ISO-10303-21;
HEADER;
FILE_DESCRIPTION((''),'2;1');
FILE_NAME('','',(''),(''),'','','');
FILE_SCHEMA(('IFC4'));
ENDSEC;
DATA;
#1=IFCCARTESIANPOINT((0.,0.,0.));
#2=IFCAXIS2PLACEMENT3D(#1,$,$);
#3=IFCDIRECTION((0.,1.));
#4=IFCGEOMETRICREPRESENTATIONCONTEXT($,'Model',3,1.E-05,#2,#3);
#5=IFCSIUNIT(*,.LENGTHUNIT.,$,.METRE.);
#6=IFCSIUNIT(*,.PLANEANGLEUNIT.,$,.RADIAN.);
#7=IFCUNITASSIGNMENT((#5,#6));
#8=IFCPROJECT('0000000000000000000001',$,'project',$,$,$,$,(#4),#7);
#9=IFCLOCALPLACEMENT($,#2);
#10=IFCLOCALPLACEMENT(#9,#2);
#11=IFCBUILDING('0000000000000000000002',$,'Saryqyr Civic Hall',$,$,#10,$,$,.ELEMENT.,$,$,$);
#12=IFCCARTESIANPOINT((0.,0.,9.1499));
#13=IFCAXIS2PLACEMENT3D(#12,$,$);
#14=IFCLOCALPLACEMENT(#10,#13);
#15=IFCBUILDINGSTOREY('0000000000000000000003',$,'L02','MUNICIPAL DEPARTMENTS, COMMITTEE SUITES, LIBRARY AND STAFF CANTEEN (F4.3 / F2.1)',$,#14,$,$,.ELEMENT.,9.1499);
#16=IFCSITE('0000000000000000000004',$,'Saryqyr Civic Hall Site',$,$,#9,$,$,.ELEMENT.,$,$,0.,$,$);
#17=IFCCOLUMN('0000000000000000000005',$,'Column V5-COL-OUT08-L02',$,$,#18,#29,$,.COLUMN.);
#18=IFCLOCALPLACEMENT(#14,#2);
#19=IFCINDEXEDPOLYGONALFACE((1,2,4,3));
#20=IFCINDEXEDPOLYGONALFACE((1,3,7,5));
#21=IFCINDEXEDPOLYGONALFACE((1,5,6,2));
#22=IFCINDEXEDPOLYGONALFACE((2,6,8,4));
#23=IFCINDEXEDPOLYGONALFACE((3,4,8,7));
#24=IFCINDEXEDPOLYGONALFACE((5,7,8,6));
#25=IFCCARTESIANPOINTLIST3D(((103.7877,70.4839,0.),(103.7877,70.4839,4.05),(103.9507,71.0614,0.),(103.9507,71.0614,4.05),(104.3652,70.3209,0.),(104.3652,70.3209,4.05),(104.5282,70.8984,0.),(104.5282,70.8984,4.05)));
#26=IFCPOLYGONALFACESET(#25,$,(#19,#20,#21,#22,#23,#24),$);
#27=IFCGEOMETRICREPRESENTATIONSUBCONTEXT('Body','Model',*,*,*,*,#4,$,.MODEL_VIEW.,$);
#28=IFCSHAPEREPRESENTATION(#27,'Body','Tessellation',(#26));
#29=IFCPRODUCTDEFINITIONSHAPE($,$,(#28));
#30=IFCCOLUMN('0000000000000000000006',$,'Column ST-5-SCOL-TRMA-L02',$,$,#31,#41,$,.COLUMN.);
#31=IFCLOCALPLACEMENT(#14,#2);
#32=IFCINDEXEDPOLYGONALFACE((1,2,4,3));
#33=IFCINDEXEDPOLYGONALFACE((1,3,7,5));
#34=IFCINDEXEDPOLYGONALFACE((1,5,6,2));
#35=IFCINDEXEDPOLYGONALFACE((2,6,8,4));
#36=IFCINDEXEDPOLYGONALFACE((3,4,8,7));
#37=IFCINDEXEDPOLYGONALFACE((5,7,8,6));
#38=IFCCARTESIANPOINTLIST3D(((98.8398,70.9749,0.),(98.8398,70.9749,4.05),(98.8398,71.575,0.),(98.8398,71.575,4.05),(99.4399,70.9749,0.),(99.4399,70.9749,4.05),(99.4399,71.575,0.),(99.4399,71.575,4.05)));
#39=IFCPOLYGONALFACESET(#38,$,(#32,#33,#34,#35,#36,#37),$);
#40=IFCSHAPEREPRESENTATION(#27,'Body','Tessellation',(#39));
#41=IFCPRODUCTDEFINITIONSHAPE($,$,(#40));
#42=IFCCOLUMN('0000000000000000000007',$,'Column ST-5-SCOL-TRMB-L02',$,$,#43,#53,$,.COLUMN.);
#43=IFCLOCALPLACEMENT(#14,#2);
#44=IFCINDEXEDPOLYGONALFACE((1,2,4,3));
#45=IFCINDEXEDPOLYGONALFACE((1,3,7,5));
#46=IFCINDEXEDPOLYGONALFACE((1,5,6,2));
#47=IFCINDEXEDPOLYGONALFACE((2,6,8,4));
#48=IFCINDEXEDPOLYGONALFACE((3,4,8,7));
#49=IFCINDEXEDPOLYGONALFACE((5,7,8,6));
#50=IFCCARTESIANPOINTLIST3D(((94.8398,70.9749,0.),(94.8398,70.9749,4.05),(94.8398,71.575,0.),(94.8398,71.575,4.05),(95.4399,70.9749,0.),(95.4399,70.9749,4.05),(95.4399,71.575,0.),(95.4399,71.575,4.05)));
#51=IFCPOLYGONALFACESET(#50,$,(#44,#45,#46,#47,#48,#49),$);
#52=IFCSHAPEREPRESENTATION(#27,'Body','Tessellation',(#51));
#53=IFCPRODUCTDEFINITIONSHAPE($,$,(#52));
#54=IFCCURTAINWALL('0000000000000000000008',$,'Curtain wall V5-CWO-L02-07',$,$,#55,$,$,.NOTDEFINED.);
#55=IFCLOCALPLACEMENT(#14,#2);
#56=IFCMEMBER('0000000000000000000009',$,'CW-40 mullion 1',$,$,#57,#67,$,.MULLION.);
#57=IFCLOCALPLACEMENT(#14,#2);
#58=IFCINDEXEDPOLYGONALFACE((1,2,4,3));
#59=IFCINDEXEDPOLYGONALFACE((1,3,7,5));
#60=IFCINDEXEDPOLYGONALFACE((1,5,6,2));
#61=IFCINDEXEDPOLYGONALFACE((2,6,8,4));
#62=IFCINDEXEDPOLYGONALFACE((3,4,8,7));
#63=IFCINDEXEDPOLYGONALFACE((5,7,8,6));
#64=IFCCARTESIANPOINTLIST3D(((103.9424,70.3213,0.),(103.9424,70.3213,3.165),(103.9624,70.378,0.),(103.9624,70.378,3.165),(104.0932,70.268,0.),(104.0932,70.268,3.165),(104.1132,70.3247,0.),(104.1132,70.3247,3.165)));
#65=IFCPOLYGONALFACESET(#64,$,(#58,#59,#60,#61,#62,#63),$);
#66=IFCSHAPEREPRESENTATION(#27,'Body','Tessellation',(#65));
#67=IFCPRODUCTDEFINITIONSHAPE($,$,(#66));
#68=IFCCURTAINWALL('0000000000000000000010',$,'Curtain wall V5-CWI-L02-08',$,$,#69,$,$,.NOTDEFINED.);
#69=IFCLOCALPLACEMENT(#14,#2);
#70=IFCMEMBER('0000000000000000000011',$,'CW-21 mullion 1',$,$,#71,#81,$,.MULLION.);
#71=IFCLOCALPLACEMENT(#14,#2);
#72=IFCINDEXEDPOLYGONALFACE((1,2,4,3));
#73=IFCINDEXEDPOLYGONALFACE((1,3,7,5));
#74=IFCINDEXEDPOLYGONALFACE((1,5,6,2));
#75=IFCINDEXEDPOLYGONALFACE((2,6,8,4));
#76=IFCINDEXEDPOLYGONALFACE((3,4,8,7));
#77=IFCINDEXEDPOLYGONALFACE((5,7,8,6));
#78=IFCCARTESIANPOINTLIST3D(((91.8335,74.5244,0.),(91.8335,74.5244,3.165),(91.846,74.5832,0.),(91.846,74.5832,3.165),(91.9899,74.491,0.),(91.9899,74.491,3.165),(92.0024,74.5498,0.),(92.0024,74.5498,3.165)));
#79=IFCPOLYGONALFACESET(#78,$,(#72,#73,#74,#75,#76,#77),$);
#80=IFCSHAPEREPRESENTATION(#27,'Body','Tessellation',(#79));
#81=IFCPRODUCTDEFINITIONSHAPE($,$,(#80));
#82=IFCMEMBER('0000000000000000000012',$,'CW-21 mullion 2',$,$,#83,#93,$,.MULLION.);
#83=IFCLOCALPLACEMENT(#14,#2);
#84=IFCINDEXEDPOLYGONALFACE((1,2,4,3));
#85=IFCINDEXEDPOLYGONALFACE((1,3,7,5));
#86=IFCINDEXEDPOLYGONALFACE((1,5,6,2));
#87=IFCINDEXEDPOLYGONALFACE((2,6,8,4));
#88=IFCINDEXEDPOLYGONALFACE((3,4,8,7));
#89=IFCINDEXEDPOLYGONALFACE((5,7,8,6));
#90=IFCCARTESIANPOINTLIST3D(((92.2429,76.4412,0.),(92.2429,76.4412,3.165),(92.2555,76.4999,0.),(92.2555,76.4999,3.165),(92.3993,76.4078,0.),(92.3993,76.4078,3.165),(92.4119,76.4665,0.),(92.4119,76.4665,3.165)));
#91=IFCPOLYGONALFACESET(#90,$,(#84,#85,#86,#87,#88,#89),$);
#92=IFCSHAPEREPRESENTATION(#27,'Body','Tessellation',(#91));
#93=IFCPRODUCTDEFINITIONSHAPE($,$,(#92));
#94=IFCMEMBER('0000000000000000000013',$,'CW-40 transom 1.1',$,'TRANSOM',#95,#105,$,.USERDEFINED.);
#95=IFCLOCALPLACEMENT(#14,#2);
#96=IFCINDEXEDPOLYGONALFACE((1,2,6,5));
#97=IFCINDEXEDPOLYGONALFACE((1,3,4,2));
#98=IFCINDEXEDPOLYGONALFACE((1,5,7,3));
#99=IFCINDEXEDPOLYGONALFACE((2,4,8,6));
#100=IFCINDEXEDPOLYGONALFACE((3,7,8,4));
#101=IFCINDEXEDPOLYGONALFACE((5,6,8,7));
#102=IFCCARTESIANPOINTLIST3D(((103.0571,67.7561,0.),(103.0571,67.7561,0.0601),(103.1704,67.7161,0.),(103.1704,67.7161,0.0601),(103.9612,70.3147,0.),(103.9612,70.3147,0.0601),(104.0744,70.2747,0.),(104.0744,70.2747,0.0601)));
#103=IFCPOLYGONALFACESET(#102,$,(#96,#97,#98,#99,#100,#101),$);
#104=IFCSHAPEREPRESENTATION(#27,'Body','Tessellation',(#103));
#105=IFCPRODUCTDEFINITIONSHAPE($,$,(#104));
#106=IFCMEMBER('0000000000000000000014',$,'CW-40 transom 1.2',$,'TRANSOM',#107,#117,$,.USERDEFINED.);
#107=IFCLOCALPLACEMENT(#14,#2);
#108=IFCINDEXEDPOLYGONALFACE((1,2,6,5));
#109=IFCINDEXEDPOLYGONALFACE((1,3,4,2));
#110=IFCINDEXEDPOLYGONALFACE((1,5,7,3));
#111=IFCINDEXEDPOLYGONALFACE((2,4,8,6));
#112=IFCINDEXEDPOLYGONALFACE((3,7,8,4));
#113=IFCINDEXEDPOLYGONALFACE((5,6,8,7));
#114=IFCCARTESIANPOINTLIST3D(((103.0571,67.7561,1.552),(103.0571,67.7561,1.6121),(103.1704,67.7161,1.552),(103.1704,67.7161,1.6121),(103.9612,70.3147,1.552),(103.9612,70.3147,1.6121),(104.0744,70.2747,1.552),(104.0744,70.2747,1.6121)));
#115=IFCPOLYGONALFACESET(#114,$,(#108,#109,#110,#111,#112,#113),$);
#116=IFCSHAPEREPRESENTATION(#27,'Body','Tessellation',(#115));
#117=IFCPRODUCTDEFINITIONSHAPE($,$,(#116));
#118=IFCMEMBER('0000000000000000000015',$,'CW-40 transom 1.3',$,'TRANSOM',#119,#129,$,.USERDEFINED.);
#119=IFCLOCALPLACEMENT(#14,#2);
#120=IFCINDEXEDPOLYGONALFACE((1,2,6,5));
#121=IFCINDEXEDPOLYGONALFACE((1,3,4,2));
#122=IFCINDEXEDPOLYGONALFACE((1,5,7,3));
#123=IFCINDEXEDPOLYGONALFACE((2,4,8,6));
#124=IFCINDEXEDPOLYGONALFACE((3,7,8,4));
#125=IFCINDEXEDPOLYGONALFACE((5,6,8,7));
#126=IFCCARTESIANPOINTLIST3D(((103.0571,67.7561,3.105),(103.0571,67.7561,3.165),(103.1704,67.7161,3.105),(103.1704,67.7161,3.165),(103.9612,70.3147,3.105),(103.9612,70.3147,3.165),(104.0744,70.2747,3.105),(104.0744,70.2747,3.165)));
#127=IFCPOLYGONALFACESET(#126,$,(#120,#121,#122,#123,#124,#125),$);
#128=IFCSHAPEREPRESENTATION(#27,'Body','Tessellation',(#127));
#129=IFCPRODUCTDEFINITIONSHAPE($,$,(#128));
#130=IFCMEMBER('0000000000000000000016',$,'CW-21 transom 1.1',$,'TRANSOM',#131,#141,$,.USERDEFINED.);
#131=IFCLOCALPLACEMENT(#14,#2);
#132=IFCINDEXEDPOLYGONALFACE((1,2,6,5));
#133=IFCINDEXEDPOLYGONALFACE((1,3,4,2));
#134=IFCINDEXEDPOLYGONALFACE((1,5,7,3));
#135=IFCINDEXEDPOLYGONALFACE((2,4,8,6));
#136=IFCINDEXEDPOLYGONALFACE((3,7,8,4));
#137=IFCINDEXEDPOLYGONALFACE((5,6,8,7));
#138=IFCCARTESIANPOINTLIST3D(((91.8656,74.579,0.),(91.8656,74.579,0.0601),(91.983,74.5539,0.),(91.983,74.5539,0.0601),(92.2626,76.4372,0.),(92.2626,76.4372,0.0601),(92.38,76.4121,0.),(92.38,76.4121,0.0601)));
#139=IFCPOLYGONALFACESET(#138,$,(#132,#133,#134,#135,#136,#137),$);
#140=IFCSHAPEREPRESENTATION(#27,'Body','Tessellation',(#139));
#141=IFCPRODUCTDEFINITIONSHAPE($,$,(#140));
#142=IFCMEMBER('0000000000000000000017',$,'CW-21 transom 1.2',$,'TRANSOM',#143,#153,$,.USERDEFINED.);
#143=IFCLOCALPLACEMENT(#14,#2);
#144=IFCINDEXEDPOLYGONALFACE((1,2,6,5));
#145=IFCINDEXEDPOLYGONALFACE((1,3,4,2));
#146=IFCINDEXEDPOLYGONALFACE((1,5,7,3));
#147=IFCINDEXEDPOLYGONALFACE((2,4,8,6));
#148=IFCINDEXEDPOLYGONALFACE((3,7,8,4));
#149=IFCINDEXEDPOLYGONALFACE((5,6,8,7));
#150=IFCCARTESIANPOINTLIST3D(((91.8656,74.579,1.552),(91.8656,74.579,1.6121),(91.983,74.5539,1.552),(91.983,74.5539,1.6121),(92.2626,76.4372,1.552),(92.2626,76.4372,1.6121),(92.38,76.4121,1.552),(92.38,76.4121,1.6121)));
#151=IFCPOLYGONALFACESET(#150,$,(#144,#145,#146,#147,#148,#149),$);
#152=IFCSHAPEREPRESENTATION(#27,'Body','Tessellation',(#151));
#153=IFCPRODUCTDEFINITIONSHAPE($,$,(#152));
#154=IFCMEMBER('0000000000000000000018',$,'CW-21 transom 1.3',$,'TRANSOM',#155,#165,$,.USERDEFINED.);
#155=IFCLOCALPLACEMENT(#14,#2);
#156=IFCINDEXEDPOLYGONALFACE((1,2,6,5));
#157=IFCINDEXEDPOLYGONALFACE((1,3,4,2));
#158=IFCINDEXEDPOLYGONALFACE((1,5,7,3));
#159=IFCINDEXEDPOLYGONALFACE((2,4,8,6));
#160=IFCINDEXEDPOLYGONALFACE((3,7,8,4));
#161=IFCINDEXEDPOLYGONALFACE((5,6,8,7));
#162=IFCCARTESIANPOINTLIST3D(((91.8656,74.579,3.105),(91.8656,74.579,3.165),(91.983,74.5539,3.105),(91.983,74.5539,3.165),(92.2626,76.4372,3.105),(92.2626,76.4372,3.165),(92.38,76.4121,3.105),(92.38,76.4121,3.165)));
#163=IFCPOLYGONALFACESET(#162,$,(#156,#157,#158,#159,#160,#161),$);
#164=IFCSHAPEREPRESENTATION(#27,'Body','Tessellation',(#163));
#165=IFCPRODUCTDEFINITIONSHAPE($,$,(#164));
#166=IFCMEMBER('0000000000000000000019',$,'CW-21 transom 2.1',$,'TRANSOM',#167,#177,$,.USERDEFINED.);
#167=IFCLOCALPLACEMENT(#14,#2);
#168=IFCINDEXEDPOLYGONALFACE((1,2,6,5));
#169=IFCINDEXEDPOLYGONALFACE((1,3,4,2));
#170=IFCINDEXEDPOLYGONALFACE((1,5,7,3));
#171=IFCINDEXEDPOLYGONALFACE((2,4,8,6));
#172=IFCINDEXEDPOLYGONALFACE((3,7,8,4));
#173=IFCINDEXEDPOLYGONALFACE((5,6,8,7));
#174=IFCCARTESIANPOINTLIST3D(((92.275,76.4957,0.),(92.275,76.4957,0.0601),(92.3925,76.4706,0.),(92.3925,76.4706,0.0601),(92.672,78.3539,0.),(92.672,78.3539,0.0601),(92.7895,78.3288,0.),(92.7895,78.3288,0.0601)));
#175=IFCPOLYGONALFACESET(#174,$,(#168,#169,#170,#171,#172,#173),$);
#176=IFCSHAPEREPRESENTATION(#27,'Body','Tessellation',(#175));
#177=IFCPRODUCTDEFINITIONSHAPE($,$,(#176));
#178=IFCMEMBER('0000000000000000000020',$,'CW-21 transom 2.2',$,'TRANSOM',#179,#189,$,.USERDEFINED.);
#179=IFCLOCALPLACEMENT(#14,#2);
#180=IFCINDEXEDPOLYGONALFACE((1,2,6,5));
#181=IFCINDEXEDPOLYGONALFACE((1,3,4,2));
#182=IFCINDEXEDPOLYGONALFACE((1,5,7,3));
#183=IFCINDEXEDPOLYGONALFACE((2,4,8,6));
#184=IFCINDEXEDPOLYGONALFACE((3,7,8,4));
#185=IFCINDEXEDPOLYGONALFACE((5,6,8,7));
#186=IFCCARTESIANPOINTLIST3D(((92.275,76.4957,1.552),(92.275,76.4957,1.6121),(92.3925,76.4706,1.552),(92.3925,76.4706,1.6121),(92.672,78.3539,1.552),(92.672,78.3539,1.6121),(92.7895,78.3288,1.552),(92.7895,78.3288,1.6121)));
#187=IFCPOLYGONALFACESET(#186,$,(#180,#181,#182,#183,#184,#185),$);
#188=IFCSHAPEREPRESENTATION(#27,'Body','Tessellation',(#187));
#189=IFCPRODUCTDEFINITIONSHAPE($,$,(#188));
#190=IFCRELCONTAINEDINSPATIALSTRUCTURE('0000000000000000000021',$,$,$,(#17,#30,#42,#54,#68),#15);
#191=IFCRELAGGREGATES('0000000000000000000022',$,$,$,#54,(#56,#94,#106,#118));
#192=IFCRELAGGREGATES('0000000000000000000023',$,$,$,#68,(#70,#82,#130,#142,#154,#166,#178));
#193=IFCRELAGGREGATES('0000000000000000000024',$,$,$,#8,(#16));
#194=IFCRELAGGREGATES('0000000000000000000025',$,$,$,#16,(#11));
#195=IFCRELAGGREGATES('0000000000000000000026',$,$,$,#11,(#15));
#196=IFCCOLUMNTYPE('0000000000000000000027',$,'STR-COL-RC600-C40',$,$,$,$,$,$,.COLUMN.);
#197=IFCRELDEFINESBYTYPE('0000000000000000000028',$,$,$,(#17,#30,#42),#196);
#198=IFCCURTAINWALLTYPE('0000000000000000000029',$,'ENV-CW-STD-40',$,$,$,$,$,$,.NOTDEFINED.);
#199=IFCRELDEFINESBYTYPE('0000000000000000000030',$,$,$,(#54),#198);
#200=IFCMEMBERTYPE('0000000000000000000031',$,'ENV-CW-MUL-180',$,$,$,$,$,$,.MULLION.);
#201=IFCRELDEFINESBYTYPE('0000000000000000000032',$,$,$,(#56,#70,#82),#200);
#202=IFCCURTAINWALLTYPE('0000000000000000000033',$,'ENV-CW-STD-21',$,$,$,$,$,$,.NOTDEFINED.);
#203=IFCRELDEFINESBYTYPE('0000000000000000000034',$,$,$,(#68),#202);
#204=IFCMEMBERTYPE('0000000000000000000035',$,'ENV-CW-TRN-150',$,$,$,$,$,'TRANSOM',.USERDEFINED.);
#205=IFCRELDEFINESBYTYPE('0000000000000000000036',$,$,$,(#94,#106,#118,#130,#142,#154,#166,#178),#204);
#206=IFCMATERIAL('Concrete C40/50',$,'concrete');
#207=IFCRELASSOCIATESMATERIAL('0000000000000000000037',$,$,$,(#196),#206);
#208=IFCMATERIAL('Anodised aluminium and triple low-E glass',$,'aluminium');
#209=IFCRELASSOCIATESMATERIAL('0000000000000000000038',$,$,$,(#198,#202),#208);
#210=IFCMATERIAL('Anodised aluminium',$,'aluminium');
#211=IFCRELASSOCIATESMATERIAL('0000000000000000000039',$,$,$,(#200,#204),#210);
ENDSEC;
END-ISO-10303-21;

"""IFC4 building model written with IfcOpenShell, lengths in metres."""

from ifc_helpers import new_model, si_unit, direction, frame, origin, origin_2d, place, context, subcontext, project, spatial, rectangle, extrude, material, material_profile, profile_set, type_object, element, aggregate, save


model = new_model("IFC4")

# Units and contexts
model_context = context("Model", 3, precision=1e-05, world=origin(), true_north=direction((0.0, 1.0)))
body_context = subcontext(model_context, "Body", "Model", "MODEL_VIEW")
ifc_project = project(units=[si_unit("LENGTHUNIT", "METRE"), si_unit("PLANEANGLEUNIT", "RADIAN")], contexts=[model_context])

# Site, building, storey
site_placement = place(None, origin())
site = spatial("IfcSite", under=ifc_project, at=site_placement, Name="Saryqyr Civic Hall Site", CompositionType="ELEMENT", RefElevation=0.0)
building_placement = place(site_placement, origin())
building = spatial("IfcBuilding", under=site, at=building_placement, Name="Saryqyr Civic Hall", CompositionType="ELEMENT")
storey_placement = place(building_placement, frame((0.0, 0.0, 9.1499)))
storey = spatial("IfcBuildingStorey", under=building, at=storey_placement, Name="L02", Description="MUNICIPAL DEPARTMENTS, COMMITTEE SUITES, LIBRARY AND STAFF CANTEEN (F4.3 / F2.1)", CompositionType="ELEMENT", Elevation=9.1499)

# Columns
ifc_material_1 = material(Name="Concrete C40/50", Category="concrete")
ifc_material_profile_1 = material_profile(ifc_material_1, rectangle(XDim=0.6001, YDim=0.6001, at=origin_2d()), Name="RC 600x600")
ifc_profile_set_1 = profile_set([ifc_material_profile_1], Name="Concrete C40/50")
column_type = type_object("IfcColumnType", Name="STR-COL-RC600-C40", PredefinedType="COLUMN", material=ifc_profile_set_1)
for number, where, z_axis, x_axis, name in (
    (1, (104.158, 70.6912, 0.0), (0.0, 0.0, 1.0), (0.962408, -0.271608, 0.0), "Column V5-COL-OUT08-L02"),
    (2, (99.1399, 71.2749, 0.0), (0.0, 0.0, 1.0), (1.0, 0.0, 0.0), "Column ST-5-SCOL-TRMA-L02"),
    (3, (95.1399, 71.2749, 0.0), (0.0, 0.0, 1.0), (1.0, 0.0, 0.0), "Column ST-5-SCOL-TRMB-L02"),
):
    element("IfcColumn", number, at=place(storey_placement, frame(where, z_axis=z_axis, x_axis=x_axis)), inside=storey, type_object=column_type, Name=name, PredefinedType="COLUMN", context=body_context, shape_type="SweptSolid", body=[
        extrude(rectangle(XDim=0.6001, YDim=0.6001, at=origin_2d()), origin(), (0.0, 0.0, 1.0), 4.05),
    ])

# Curtain wall, member
ifc_material_2 = material(Name="Anodised aluminium and triple low-E glass", Category="aluminium")
curtain_wall_type_1 = type_object("IfcCurtainWallType", Name="ENV-CW-STD-40", PredefinedType="NOTDEFINED", material=ifc_material_2)
curtain_wall_1_placement = place(storey_placement, origin())
curtain_wall_1 = element("IfcCurtainWall", 4, at=curtain_wall_1_placement, inside=storey, type_object=curtain_wall_type_1, Name="Curtain wall V5-CWO-L02-07", PredefinedType="NOTDEFINED")
ifc_material_3 = material(Name="Anodised aluminium", Category="aluminium")
ifc_material_profile_2 = material_profile(ifc_material_3, rectangle(XDim=0.0601, YDim=0.1599, at=origin_2d()), Name="ALU MULLION 60x160")
ifc_profile_set_2 = profile_set([ifc_material_profile_2], Name="Anodised aluminium")
member_type_1 = type_object("IfcMemberType", Name="ENV-CW-MUL-180", PredefinedType="MULLION", material=ifc_profile_set_2)
member_1_placement = place(storey_placement, frame((104.0278, 70.323, 0.0), z_axis=(0.0, 0.0, 1.0), x_axis=(-0.33318, -0.942863, 0.0)))
member_1 = element("IfcMember", 5, at=member_1_placement, type_object=member_type_1, Name="CW-40 mullion 1", PredefinedType="MULLION", context=body_context, shape_type="SweptSolid", body=[
    extrude(rectangle(XDim=0.0601, YDim=0.1599, at=origin_2d()), origin(), (0.0, 0.0, 1.0), 3.165),
])

# Curtain wall, members
curtain_wall_type_2 = type_object("IfcCurtainWallType", Name="ENV-CW-STD-21", PredefinedType="NOTDEFINED", material=ifc_material_2)
curtain_wall_2_placement = place(storey_placement, origin())
curtain_wall_2 = element("IfcCurtainWall", 6, at=curtain_wall_2_placement, inside=storey, type_object=curtain_wall_type_2, Name="Curtain wall V5-CWI-L02-08", PredefinedType="NOTDEFINED")
member_2_placement = place(storey_placement, frame((91.918, 74.5371, 0.0), z_axis=(0.0, 0.0, 1.0), x_axis=(0.208899, 0.977937, 0.0)))
member_2 = element("IfcMember", 7, at=member_2_placement, type_object=member_type_1, Name="CW-21 mullion 1", PredefinedType="MULLION", context=body_context, shape_type="SweptSolid", body=[
    extrude(rectangle(XDim=0.0601, YDim=0.1599, at=origin_2d()), origin(), (0.0, 0.0, 1.0), 3.165),
])
member_3_placement = place(storey_placement, frame((92.3274, 76.4539, 0.0), z_axis=(0.0, 0.0, 1.0), x_axis=(0.208899, 0.977937, 0.0)))
member_3 = element("IfcMember", 8, at=member_3_placement, type_object=member_type_1, Name="CW-21 mullion 2", PredefinedType="MULLION", context=body_context, shape_type="SweptSolid", body=[
    extrude(rectangle(XDim=0.0601, YDim=0.1599, at=origin_2d()), origin(), (0.0, 0.0, 1.0), 3.165),
])

# Members
ifc_material_profile_3 = material_profile(ifc_material_3, rectangle(XDim=0.1201, YDim=0.0601, at=origin_2d()), Name="ALU TRANSOM 120x60")
ifc_profile_set_3 = profile_set([ifc_material_profile_3], Name="Anodised aluminium")
member_type_2 = type_object("IfcMemberType", Name="ENV-CW-TRN-150", ElementType="TRANSOM", PredefinedType="USERDEFINED", material=ifc_profile_set_3)
member_4_placement = place(storey_placement, frame((104.0178, 70.2947, 0.03), z_axis=(-0.333154, -0.942872, 0.0), x_axis=(0.942872, -0.333154, 0.0)))
member_4 = element("IfcMember", 9, at=member_4_placement, type_object=member_type_2, Name="CW-40 transom 1.1", ObjectType="TRANSOM", PredefinedType="USERDEFINED", context=body_context, shape_type="SweptSolid", body=[
    extrude(rectangle(XDim=0.1201, YDim=0.0601, at=origin_2d()), origin(), (0.0, 0.0, 1.0), 2.7136),
])
member_5_placement = place(storey_placement, frame((104.0178, 70.2947, 1.582), z_axis=(-0.333154, -0.942872, 0.0), x_axis=(0.942872, -0.333154, 0.0)))
member_5 = element("IfcMember", 10, at=member_5_placement, type_object=member_type_2, Name="CW-40 transom 1.2", ObjectType="TRANSOM", PredefinedType="USERDEFINED", context=body_context, shape_type="SweptSolid", body=[
    extrude(rectangle(XDim=0.1201, YDim=0.0601, at=origin_2d()), origin(), (0.0, 0.0, 1.0), 2.7136),
])
member_6_placement = place(storey_placement, frame((104.0178, 70.2947, 3.135), z_axis=(-0.333154, -0.942872, 0.0), x_axis=(0.942872, -0.333154, 0.0)))
member_6 = element("IfcMember", 11, at=member_6_placement, type_object=member_type_2, Name="CW-40 transom 1.3", ObjectType="TRANSOM", PredefinedType="USERDEFINED", context=body_context, shape_type="SweptSolid", body=[
    extrude(rectangle(XDim=0.1201, YDim=0.0601, at=origin_2d()), origin(), (0.0, 0.0, 1.0), 2.7136),
])
aggregate(curtain_wall_1, [member_1, member_4, member_5, member_6])
member_7_placement = place(storey_placement, frame((91.9243, 74.5664, 0.03), z_axis=(0.208924, 0.977932, 0.0), x_axis=(-0.977932, 0.208924, 0.0)))
member_7 = element("IfcMember", 12, at=member_7_placement, type_object=member_type_2, Name="CW-21 transom 1.1", ObjectType="TRANSOM", PredefinedType="USERDEFINED", context=body_context, shape_type="SweptSolid", body=[
    extrude(rectangle(XDim=0.1201, YDim=0.0601, at=origin_2d()), origin(), (0.0, 0.0, 1.0), 1.9001),
])
member_8_placement = place(storey_placement, frame((91.9243, 74.5664, 1.582), z_axis=(0.208924, 0.977932, 0.0), x_axis=(-0.977932, 0.208924, 0.0)))
member_8 = element("IfcMember", 13, at=member_8_placement, type_object=member_type_2, Name="CW-21 transom 1.2", ObjectType="TRANSOM", PredefinedType="USERDEFINED", context=body_context, shape_type="SweptSolid", body=[
    extrude(rectangle(XDim=0.1201, YDim=0.0601, at=origin_2d()), origin(), (0.0, 0.0, 1.0), 1.9001),
])
member_9_placement = place(storey_placement, frame((91.9243, 74.5664, 3.135), z_axis=(0.208924, 0.977932, 0.0), x_axis=(-0.977932, 0.208924, 0.0)))
member_9 = element("IfcMember", 14, at=member_9_placement, type_object=member_type_2, Name="CW-21 transom 1.3", ObjectType="TRANSOM", PredefinedType="USERDEFINED", context=body_context, shape_type="SweptSolid", body=[
    extrude(rectangle(XDim=0.1201, YDim=0.0601, at=origin_2d()), origin(), (0.0, 0.0, 1.0), 1.9001),
])
member_10_placement = place(storey_placement, frame((92.3337, 76.4832, 0.03), z_axis=(0.208924, 0.977932, 0.0), x_axis=(-0.977932, 0.208924, 0.0)))
member_10 = element("IfcMember", 15, at=member_10_placement, type_object=member_type_2, Name="CW-21 transom 2.1", ObjectType="TRANSOM", PredefinedType="USERDEFINED", context=body_context, shape_type="SweptSolid", body=[
    extrude(rectangle(XDim=0.1201, YDim=0.0601, at=origin_2d()), origin(), (0.0, 0.0, 1.0), 1.9001),
])
member_11_placement = place(storey_placement, frame((92.3337, 76.4832, 1.582), z_axis=(0.208924, 0.977932, 0.0), x_axis=(-0.977932, 0.208924, 0.0)))
member_11 = element("IfcMember", 16, at=member_11_placement, type_object=member_type_2, Name="CW-21 transom 2.2", ObjectType="TRANSOM", PredefinedType="USERDEFINED", context=body_context, shape_type="SweptSolid", body=[
    extrude(rectangle(XDim=0.1201, YDim=0.0601, at=origin_2d()), origin(), (0.0, 0.0, 1.0), 1.9001),
])

aggregate(curtain_wall_2, [member_2, member_3, member_7, member_8, member_9, member_10, member_11])

save(model, "model.ifc")
